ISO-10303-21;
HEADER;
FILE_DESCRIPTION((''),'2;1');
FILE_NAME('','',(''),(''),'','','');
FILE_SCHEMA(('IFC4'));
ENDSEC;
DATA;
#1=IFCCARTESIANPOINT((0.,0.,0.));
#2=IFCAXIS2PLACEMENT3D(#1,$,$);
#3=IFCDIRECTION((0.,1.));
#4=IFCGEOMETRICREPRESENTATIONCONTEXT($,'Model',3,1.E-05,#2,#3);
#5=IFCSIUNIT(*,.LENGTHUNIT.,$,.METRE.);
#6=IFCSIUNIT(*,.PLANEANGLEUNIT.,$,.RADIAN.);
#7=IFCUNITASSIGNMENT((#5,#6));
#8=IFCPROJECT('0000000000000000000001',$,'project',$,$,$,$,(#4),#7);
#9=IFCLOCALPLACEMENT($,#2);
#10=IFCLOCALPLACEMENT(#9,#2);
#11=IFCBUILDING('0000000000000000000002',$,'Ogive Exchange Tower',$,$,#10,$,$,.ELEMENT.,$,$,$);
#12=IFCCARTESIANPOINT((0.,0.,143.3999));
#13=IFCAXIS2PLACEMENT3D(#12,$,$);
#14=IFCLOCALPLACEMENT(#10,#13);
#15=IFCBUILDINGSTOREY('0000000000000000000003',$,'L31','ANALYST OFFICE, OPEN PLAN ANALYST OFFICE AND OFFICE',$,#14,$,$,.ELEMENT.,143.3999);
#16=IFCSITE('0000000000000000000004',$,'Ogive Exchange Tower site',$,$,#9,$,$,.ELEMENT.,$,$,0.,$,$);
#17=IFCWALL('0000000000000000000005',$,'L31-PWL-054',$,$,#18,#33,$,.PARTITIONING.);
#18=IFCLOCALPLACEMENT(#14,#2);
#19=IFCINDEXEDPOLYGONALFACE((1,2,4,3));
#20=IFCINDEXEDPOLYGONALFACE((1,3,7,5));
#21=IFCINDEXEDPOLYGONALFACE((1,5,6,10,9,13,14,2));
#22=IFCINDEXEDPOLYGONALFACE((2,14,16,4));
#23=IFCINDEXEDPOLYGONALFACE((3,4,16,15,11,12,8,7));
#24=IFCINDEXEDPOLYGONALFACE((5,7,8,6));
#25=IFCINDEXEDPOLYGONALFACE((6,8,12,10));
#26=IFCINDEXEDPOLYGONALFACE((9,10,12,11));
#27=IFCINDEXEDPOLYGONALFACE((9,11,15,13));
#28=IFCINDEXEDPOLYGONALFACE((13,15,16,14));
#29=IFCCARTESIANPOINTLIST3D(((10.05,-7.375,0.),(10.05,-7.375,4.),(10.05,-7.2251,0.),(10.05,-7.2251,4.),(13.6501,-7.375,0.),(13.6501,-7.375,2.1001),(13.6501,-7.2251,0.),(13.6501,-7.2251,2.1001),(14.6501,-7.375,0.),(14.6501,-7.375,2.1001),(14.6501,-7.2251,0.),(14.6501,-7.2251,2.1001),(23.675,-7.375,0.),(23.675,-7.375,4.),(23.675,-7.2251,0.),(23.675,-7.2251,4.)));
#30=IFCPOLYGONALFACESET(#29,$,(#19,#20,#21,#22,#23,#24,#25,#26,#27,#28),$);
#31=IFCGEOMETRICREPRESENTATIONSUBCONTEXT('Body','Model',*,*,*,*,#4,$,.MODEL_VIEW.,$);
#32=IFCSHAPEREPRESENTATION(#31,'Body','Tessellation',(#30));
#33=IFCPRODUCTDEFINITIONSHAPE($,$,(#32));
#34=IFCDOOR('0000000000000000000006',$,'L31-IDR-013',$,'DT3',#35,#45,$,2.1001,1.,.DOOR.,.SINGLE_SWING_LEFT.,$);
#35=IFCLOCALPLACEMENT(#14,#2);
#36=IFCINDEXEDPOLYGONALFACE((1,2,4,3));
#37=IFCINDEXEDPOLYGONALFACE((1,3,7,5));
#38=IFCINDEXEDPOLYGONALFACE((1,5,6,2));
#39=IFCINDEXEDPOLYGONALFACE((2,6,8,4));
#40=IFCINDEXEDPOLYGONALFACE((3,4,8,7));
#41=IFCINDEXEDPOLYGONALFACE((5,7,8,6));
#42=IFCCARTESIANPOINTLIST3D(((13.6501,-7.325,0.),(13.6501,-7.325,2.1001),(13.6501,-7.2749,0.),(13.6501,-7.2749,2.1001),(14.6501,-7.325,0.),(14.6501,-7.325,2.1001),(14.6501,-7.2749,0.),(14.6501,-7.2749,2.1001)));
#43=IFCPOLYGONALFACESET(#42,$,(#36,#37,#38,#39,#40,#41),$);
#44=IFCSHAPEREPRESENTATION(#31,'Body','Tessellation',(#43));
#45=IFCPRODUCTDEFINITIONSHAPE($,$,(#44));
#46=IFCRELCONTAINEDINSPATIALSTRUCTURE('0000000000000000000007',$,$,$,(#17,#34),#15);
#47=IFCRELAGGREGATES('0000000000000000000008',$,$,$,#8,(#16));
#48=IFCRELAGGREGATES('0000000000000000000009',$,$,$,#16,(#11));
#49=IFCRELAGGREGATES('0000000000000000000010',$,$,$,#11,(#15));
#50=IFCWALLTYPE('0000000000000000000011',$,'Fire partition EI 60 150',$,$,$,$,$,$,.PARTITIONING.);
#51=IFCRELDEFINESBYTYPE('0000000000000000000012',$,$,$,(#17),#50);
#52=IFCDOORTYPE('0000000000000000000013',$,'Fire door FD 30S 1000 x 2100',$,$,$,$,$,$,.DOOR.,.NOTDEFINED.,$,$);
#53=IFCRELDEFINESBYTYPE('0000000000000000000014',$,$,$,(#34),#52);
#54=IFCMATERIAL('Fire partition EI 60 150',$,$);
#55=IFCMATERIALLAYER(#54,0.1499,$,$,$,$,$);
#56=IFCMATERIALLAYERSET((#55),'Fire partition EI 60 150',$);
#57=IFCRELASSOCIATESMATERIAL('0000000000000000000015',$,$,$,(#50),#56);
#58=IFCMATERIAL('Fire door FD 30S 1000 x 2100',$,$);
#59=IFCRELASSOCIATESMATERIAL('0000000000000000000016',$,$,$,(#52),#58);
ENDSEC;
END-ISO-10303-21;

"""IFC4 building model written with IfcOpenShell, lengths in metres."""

from ifc_helpers import new_model, si_unit, direction, frame, frame_2d, origin, place, context, subcontext, project, spatial, rectangle, extrude, material, layer, layer_set, type_object, element, fill, save


model = new_model("IFC4")

# Units and contexts
model_context = context("Model", 3, precision=1e-05, world=origin(), true_north=direction((0.0, 1.0)))
body_context = subcontext(model_context, "Body", "Model", "MODEL_VIEW")
ifc_project = project(units=[si_unit("LENGTHUNIT", "METRE"), si_unit("PLANEANGLEUNIT", "RADIAN")], contexts=[model_context])

# Site, building, storey
site_placement = place(None, origin())
site = spatial("IfcSite", under=ifc_project, at=site_placement, Name="Ogive Exchange Tower site", CompositionType="ELEMENT", RefElevation=0.0)
building_placement = place(site_placement, origin())
building = spatial("IfcBuilding", under=site, at=building_placement, Name="Ogive Exchange Tower", CompositionType="ELEMENT")
storey_placement = place(building_placement, frame((0.0, 0.0, 143.3999)))
storey = spatial("IfcBuildingStorey", under=building, at=storey_placement, Name="L31", Description="ANALYST OFFICE, OPEN PLAN ANALYST OFFICE AND OFFICE", CompositionType="ELEMENT", Elevation=143.3999)

# Wall, opening, door
ifc_material_1 = material(Name="Fire partition EI 60 150")
ifc_layer_1 = layer(ifc_material_1, 0.1499)
ifc_layer_set_1 = layer_set([ifc_layer_1], Name="Fire partition EI 60 150")
wall_type_1 = type_object("IfcWallType", Name="Fire partition EI 60 150", PredefinedType="PARTITIONING", material=ifc_layer_set_1)
wall_1_placement = place(storey_placement, frame((23.675, -7.3, 0.0), z_axis=(0.0, 0.0, 1.0), x_axis=(-1.0, 0.0, 0.0)))
wall_1 = element("IfcWall", 1, at=wall_1_placement, inside=storey, type_object=wall_type_1, Name="L31-PWL-054", PredefinedType="PARTITIONING", context=body_context, shape_type="SweptSolid", body=[
    extrude(rectangle(XDim=13.625, YDim=0.1499, at=frame_2d((6.8125, 0.0))), origin(), (0.0, 0.0, 1.0), 4.0),
])
opening_1_placement = place(wall_1_placement, frame((9.0249, 0.0, 0.0)))
opening_1 = element("IfcOpeningElement", 2, at=opening_1_placement, cuts=wall_1, PredefinedType="OPENING", context=body_context, shape_type="SweptSolid", body=[
    extrude(rectangle(XDim=1.0, YDim=2.1001, at=frame_2d((0.5, 1.05))), frame((0.0, 0.085, 0.0), z_axis=(0.0, -1.0, 0.0), x_axis=(1.0, 0.0, 0.0)), (0.0, 0.0, 1.0), 0.1699),
])
ifc_material_2 = material(Name="Fire door FD 30S 1000 x 2100")
door_type_1 = type_object("IfcDoorType", Name="Fire door FD 30S 1000 x 2100", OperationType="NOTDEFINED", PredefinedType="DOOR", material=ifc_material_2)
door_1_placement = place(opening_1_placement, origin())
door_1 = element("IfcDoor", 3, at=door_1_placement, inside=storey, type_object=door_type_1, Name="L31-IDR-013", ObjectType="DT3", OperationType="SINGLE_SWING_LEFT", OverallHeight=2.1001, OverallWidth=1.0, PredefinedType="DOOR", context=body_context, shape_type="SweptSolid", body=[
    extrude(rectangle(XDim=1.0, YDim=2.1001, at=frame_2d((0.5, 1.05))), frame((0.0, 0.0249, 0.0), z_axis=(0.0, -1.0, 0.0), x_axis=(1.0, 0.0, 0.0)), (0.0, 0.0, 1.0), 0.05),
])
fill(opening_1, door_1)

save(model, "model.ifc")
